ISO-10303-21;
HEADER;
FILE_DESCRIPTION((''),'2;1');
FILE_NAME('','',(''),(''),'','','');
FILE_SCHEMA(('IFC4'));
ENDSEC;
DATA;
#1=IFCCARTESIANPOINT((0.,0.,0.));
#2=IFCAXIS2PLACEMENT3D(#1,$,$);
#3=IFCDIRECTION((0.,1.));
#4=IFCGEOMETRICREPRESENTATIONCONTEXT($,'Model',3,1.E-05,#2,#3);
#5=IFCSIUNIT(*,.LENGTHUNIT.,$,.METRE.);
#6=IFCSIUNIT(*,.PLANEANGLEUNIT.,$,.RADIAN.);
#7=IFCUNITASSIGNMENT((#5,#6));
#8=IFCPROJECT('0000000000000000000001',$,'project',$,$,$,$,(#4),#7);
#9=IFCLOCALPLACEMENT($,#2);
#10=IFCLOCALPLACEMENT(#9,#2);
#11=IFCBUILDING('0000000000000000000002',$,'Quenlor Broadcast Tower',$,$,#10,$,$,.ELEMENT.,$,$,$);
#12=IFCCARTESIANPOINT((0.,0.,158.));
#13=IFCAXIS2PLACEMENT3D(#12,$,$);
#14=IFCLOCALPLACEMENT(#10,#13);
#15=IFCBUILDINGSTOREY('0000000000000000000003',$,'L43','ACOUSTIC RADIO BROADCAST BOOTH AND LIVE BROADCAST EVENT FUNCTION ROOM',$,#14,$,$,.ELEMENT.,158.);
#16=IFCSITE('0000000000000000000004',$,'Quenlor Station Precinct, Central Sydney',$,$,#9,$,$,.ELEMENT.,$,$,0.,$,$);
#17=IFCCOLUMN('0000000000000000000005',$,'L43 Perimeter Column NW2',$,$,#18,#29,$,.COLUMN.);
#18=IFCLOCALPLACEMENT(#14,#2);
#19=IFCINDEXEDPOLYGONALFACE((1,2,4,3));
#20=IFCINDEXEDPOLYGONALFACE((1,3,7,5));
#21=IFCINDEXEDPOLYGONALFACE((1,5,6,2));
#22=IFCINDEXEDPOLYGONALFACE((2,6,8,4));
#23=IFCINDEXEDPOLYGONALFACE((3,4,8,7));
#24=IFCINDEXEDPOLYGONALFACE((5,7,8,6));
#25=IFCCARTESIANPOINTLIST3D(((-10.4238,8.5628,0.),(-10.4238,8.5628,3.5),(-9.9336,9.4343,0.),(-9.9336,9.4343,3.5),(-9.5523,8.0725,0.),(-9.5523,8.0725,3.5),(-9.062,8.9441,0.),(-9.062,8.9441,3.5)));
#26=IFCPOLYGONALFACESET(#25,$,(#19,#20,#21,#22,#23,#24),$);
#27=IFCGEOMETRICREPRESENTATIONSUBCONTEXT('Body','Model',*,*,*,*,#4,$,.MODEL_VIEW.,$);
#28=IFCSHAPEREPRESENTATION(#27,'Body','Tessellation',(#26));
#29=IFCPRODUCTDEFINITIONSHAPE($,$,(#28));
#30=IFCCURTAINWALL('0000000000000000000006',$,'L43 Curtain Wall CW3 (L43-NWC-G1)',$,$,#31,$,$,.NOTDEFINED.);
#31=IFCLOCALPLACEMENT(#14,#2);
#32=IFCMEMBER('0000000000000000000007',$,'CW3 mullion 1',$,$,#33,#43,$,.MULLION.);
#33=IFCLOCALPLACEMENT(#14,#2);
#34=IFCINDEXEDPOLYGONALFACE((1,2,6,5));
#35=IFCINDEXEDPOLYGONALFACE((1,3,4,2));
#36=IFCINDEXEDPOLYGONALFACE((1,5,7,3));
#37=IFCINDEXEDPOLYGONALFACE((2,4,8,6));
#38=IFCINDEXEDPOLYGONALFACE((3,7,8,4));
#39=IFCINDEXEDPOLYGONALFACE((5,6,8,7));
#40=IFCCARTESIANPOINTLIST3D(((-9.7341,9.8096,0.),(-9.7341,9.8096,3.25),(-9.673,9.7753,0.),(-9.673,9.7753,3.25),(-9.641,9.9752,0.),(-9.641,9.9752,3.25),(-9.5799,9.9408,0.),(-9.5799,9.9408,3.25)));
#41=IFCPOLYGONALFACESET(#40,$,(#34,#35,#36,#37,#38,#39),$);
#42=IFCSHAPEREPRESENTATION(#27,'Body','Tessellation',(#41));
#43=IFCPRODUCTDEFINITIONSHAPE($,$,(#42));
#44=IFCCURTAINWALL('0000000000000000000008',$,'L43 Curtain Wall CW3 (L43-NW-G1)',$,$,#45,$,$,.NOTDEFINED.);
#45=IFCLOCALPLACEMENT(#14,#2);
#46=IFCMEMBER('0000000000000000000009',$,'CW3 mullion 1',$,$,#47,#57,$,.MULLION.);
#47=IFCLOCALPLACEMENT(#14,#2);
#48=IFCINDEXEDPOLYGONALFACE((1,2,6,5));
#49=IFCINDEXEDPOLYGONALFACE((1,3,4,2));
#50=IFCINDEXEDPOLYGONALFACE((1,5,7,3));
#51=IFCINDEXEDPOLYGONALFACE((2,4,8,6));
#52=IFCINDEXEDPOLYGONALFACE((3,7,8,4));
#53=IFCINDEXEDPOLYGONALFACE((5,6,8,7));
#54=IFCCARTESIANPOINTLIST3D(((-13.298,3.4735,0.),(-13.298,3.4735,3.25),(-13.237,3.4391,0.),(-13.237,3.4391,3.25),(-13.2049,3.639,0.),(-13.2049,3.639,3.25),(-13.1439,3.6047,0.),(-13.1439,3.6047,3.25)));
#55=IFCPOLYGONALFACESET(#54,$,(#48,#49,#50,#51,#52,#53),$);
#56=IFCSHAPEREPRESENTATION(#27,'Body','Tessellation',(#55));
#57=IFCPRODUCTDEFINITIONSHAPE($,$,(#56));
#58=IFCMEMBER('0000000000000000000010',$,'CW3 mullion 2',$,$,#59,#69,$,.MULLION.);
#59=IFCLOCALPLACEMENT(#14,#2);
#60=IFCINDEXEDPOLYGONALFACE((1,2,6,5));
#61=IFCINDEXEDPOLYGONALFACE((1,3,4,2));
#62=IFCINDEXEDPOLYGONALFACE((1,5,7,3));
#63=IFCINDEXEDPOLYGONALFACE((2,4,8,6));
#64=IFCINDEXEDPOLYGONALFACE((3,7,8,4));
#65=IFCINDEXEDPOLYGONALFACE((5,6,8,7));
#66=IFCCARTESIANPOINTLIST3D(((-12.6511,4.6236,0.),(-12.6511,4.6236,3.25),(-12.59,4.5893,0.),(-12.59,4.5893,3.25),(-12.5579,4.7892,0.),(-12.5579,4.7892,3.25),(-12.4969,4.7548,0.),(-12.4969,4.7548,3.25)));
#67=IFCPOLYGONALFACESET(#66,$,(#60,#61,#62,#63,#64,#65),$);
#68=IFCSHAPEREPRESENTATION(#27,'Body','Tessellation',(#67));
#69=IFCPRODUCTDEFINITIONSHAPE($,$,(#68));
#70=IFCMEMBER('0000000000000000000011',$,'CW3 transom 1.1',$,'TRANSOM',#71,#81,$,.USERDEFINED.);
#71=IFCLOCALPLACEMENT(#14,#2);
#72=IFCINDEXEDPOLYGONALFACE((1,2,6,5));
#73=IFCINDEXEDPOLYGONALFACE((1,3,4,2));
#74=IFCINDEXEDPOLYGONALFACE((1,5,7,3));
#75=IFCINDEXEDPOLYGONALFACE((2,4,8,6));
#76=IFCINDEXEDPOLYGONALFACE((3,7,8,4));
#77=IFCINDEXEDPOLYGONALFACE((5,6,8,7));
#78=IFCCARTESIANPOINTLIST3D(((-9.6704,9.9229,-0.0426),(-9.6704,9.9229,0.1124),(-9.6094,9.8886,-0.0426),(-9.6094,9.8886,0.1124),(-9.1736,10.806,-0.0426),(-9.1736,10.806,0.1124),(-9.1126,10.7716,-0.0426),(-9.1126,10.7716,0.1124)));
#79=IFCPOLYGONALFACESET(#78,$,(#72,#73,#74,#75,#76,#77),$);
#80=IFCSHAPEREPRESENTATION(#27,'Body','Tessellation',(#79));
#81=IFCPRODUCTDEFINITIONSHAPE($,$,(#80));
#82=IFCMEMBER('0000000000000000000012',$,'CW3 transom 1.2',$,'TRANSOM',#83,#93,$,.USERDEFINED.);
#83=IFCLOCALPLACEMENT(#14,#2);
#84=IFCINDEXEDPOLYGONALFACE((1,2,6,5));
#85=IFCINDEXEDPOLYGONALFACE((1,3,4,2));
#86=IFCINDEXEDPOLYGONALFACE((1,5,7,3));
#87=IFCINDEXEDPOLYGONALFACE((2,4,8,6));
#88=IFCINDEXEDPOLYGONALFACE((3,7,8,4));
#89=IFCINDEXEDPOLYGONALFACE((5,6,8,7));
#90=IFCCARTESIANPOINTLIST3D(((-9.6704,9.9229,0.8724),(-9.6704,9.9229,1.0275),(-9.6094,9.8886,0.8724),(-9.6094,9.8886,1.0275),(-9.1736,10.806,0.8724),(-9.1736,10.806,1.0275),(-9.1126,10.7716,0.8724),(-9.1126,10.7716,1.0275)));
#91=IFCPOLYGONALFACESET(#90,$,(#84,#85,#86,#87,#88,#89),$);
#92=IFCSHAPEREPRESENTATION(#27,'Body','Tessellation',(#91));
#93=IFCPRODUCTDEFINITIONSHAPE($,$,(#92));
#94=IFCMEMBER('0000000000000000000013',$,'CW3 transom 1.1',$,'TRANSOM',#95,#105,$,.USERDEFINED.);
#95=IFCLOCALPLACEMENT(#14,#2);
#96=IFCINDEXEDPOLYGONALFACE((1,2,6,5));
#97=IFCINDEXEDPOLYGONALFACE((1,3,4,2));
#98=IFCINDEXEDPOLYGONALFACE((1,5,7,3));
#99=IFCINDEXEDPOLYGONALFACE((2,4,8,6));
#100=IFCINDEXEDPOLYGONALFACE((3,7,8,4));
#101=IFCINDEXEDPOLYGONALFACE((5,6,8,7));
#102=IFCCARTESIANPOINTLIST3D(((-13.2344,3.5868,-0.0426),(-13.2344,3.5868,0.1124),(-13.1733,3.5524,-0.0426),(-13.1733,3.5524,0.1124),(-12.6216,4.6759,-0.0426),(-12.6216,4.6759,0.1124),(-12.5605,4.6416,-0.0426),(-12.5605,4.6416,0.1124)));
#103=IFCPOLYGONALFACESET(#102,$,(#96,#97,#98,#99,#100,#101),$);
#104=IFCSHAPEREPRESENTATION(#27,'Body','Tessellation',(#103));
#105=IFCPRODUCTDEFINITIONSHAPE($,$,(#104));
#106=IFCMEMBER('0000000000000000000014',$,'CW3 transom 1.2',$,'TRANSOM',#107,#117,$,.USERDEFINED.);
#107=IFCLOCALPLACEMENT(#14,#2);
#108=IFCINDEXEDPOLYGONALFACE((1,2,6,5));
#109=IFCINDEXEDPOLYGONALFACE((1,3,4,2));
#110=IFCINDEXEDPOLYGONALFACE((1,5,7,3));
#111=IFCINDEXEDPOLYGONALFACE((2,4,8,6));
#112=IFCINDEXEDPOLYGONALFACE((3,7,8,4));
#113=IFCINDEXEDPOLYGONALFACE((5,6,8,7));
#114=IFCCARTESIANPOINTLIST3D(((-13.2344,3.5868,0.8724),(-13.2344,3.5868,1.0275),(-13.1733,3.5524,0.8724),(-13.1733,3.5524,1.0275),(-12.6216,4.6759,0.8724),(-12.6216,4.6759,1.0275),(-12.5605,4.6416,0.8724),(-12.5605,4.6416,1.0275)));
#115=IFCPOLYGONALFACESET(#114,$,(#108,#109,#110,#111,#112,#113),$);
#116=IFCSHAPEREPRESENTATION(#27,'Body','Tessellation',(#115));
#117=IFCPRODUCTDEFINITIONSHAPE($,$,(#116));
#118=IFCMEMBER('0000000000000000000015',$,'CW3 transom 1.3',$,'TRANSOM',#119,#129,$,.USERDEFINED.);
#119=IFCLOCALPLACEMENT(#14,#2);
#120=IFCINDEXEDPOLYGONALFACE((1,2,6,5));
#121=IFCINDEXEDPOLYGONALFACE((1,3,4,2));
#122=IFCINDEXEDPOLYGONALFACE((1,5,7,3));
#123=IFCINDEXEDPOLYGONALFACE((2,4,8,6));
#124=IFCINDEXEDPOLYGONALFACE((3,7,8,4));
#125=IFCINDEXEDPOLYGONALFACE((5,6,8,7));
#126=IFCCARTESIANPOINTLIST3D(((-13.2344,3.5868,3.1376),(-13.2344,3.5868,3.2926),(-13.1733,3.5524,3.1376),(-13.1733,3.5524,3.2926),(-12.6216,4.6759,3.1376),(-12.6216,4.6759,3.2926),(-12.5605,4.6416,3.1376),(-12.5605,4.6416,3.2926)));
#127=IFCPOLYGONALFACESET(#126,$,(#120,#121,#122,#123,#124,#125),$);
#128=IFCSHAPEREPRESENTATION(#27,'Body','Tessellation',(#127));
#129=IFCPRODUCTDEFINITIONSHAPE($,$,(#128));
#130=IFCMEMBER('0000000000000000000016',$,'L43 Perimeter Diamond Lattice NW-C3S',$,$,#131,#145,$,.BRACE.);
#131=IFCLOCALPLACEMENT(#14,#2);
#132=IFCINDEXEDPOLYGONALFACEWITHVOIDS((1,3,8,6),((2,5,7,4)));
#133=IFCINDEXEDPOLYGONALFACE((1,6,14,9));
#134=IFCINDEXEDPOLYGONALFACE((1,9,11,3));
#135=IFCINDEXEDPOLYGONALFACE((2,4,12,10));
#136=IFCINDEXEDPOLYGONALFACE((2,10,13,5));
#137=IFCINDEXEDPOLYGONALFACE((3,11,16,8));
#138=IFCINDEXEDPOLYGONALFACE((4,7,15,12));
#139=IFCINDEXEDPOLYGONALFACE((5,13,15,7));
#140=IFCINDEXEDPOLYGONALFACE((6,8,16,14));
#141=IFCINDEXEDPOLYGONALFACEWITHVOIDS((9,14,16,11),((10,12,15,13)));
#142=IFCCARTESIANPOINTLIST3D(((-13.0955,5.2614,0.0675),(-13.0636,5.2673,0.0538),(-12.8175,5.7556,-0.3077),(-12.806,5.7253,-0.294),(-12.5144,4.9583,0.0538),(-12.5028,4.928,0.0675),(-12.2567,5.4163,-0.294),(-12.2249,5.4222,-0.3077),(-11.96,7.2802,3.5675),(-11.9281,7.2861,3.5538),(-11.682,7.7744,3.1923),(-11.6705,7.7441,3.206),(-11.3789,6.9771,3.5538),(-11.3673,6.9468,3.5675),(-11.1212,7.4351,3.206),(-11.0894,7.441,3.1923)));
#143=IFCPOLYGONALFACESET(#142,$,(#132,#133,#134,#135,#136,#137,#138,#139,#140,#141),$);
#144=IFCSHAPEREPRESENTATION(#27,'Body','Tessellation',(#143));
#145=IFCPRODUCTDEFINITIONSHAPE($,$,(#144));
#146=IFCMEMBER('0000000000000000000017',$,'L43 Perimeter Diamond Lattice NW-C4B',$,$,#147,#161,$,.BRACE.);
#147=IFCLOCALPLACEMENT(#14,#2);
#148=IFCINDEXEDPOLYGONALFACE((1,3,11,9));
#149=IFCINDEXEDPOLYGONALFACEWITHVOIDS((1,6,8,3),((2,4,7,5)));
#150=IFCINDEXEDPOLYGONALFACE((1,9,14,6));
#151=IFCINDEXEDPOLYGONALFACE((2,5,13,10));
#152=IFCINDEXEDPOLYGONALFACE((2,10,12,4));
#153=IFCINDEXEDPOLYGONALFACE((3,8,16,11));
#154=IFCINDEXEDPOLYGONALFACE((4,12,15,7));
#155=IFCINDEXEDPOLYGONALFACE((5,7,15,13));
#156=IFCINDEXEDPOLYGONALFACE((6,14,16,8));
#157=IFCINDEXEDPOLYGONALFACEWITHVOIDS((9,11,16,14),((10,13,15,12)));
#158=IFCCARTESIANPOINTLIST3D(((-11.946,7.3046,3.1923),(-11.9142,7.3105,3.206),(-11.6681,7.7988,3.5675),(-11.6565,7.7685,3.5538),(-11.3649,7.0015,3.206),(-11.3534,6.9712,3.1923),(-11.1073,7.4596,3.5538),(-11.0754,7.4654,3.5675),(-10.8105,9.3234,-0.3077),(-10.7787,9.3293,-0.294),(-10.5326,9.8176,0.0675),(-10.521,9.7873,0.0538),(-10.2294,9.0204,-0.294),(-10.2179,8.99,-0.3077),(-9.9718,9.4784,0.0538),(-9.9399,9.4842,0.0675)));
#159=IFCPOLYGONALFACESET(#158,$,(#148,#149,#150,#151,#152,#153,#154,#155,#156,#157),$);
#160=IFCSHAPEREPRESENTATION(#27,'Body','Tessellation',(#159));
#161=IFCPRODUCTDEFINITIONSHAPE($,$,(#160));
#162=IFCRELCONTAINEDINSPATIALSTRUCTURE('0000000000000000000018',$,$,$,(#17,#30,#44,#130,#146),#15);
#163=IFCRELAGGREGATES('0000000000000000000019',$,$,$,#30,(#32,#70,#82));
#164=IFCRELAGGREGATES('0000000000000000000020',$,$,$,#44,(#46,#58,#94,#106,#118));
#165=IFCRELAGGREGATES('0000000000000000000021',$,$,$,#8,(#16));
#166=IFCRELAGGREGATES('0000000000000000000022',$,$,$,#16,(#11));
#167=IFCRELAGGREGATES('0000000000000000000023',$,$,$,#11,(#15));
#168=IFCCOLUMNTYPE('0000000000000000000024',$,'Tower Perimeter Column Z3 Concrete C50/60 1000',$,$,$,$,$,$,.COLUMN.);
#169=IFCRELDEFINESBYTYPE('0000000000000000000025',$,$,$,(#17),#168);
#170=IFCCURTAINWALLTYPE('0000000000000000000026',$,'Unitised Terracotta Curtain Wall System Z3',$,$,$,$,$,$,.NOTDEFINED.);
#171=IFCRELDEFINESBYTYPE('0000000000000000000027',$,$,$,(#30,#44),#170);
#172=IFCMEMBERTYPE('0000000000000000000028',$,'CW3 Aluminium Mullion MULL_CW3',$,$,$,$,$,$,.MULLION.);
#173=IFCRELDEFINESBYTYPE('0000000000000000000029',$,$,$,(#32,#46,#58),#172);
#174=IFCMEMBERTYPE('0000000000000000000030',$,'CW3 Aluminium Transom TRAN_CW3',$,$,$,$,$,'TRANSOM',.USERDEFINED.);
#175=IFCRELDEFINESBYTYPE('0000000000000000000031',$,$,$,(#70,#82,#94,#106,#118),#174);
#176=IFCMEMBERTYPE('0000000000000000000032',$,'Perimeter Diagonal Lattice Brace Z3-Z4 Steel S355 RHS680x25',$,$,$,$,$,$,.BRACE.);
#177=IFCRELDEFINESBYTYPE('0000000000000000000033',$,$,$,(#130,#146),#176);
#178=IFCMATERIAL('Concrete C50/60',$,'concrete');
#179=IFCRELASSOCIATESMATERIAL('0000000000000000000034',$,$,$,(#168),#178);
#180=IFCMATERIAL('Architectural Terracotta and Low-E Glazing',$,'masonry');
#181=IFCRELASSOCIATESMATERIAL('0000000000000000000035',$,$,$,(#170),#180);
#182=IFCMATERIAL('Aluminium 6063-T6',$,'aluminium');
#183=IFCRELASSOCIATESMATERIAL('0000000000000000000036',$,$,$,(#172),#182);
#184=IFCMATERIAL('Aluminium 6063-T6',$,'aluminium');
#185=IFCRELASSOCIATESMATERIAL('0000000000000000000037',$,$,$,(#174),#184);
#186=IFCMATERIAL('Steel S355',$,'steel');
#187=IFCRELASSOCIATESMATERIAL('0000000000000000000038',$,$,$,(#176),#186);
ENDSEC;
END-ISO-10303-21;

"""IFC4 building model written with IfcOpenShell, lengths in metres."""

from ifc_helpers import new_model, si_unit, direction, frame, origin, origin_2d, place, context, subcontext, project, spatial, rectangle, hollow_rectangle, extrude, material, material_profile, profile_set, type_object, element, aggregate, save


model = new_model("IFC4")

# Units and contexts
model_context = context("Model", 3, precision=1e-05, world=origin(), true_north=direction((0.0, 1.0)))
body_context = subcontext(model_context, "Body", "Model", "MODEL_VIEW")
ifc_project = project(units=[si_unit("LENGTHUNIT", "METRE"), si_unit("PLANEANGLEUNIT", "RADIAN")], contexts=[model_context])

# Site, building, storey
site_placement = place(None, origin())
site = spatial("IfcSite", under=ifc_project, at=site_placement, Name="Quenlor Station Precinct, Central Sydney", CompositionType="ELEMENT", RefElevation=0.0)
building_placement = place(site_placement, origin())
building = spatial("IfcBuilding", under=site, at=building_placement, Name="Quenlor Broadcast Tower", CompositionType="ELEMENT")
storey_placement = place(building_placement, frame((0.0, 0.0, 158.0)))
storey = spatial("IfcBuildingStorey", under=building, at=storey_placement, Name="L43", Description="ACOUSTIC RADIO BROADCAST BOOTH AND LIVE BROADCAST EVENT FUNCTION ROOM", CompositionType="ELEMENT", Elevation=158.0)

# Column
ifc_material_1 = material(Name="Concrete C50/60", Category="concrete")
ifc_material_profile_1 = material_profile(ifc_material_1, rectangle(XDim=1.0, YDim=1.0, at=origin_2d()))
ifc_profile_set_1 = profile_set([ifc_material_profile_1], Name="Concrete C50/60 RC1000x1000")
column_type = type_object("IfcColumnType", Name="Tower Perimeter Column Z3 Concrete C50/60 1000", PredefinedType="COLUMN", material=ifc_profile_set_1)
column_placement = place(storey_placement, frame((-9.7429, 8.7534, 0.0), z_axis=(0.0, 0.0, 1.0), x_axis=(-0.871575, 0.490262, 0.0)))
element("IfcColumn", 1, at=column_placement, inside=storey, type_object=column_type, Name="L43 Perimeter Column NW2", PredefinedType="COLUMN", context=body_context, shape_type="SweptSolid", body=[
    extrude(rectangle(XDim=1.0, YDim=1.0, at=origin_2d()), origin(), (0.0, 0.0, 1.0), 3.5),
])

# Curtain wall, member
ifc_material_2 = material(Name="Architectural Terracotta and Low-E Glazing", Category="masonry")
curtain_wall_type = type_object("IfcCurtainWallType", Name="Unitised Terracotta Curtain Wall System Z3", PredefinedType="NOTDEFINED", material=ifc_material_2)
curtain_wall_1_placement = place(storey_placement, origin())
curtain_wall_1 = element("IfcCurtainWall", 2, at=curtain_wall_1_placement, inside=storey, type_object=curtain_wall_type, Name="L43 Curtain Wall CW3 (L43-NWC-G1)", PredefinedType="NOTDEFINED")
ifc_material_3 = material(Name="Aluminium 6063-T6", Category="aluminium")
ifc_material_profile_2 = material_profile(ifc_material_3, rectangle(XDim=0.0701, YDim=0.1899, at=origin_2d()))
ifc_profile_set_2 = profile_set([ifc_material_profile_2], Name="Aluminium 6063-T6 MULL70x190")
member_type_1 = type_object("IfcMemberType", Name="CW3 Aluminium Mullion MULL_CW3", PredefinedType="MULLION", material=ifc_profile_set_2)
member_1_placement = place(storey_placement, frame((-9.657, 9.8752, 0.0), z_axis=(0.0, 0.0, 1.0), x_axis=(-0.871601, 0.490216, 0.0)))
member_1 = element("IfcMember", 3, at=member_1_placement, type_object=member_type_1, Name="CW3 mullion 1", PredefinedType="MULLION", context=body_context, shape_type="SweptSolid", body=[
    extrude(rectangle(XDim=0.0701, YDim=0.1899, at=origin_2d()), origin(), (0.0, 0.0, 1.0), 3.25),
])

# Curtain wall, members
curtain_wall_2_placement = place(storey_placement, origin())
curtain_wall_2 = element("IfcCurtainWall", 4, at=curtain_wall_2_placement, inside=storey, type_object=curtain_wall_type, Name="L43 Curtain Wall CW3 (L43-NW-G1)", PredefinedType="NOTDEFINED")
member_2_placement = place(storey_placement, frame((-13.2209, 3.5391, 0.0), z_axis=(0.0, 0.0, 1.0), x_axis=(-0.871562, 0.490285, 0.0)))
member_2 = element("IfcMember", 5, at=member_2_placement, type_object=member_type_1, Name="CW3 mullion 1", PredefinedType="MULLION", context=body_context, shape_type="SweptSolid", body=[
    extrude(rectangle(XDim=0.0701, YDim=0.1899, at=origin_2d()), origin(), (0.0, 0.0, 1.0), 3.25),
])
member_3_placement = place(storey_placement, frame((-12.574, 4.6892, 0.0), z_axis=(0.0, 0.0, 1.0), x_axis=(-0.871562, 0.490285, 0.0)))
member_3 = element("IfcMember", 6, at=member_3_placement, type_object=member_type_1, Name="CW3 mullion 2", PredefinedType="MULLION", context=body_context, shape_type="SweptSolid", body=[
    extrude(rectangle(XDim=0.0701, YDim=0.1899, at=origin_2d()), origin(), (0.0, 0.0, 1.0), 3.25),
])

# Members
ifc_material_4 = material(Name="Aluminium 6063-T6", Category="aluminium")
ifc_material_profile_3 = material_profile(ifc_material_4, rectangle(XDim=0.0701, YDim=0.155, at=origin_2d()))
ifc_profile_set_3 = profile_set([ifc_material_profile_3], Name="Aluminium 6063-T6 TRAN70x155")
member_type_2 = type_object("IfcMemberType", Name="CW3 Aluminium Transom TRAN_CW3", ElementType="TRANSOM", PredefinedType="USERDEFINED", material=ifc_profile_set_3)
member_4_placement = place(storey_placement, frame((-9.6399, 9.9058, 0.0349), z_axis=(0.490341, 0.87153, 0.0), x_axis=(-0.87153, 0.490341, 0.0)))
member_4 = element("IfcMember", 7, at=member_4_placement, type_object=member_type_2, Name="CW3 transom 1.1", ObjectType="TRANSOM", PredefinedType="USERDEFINED", context=body_context, shape_type="SweptSolid", body=[
    extrude(rectangle(XDim=0.0701, YDim=0.155, at=origin_2d()), origin(), (0.0, 0.0, 1.0), 1.0132),
])
member_5_placement = place(storey_placement, frame((-9.6399, 9.9058, 0.95), z_axis=(0.490341, 0.87153, 0.0), x_axis=(-0.87153, 0.490341, 0.0)))
member_5 = element("IfcMember", 8, at=member_5_placement, type_object=member_type_2, Name="CW3 transom 1.2", ObjectType="TRANSOM", PredefinedType="USERDEFINED", context=body_context, shape_type="SweptSolid", body=[
    extrude(rectangle(XDim=0.0701, YDim=0.155, at=origin_2d()), origin(), (0.0, 0.0, 1.0), 1.0132),
])
aggregate(curtain_wall_1, [member_1, member_4, member_5])
member_6_placement = place(storey_placement, frame((-13.2039, 3.5696, 0.0349), z_axis=(0.490363, 0.871518, 0.0), x_axis=(-0.871518, 0.490363, 0.0)))
member_6 = element("IfcMember", 9, at=member_6_placement, type_object=member_type_2, Name="CW3 transom 1.1", ObjectType="TRANSOM", PredefinedType="USERDEFINED", context=body_context, shape_type="SweptSolid", body=[
    extrude(rectangle(XDim=0.0701, YDim=0.155, at=origin_2d()), origin(), (0.0, 0.0, 1.0), 1.2498),
])
member_7_placement = place(storey_placement, frame((-13.2039, 3.5696, 0.95), z_axis=(0.490363, 0.871518, 0.0), x_axis=(-0.871518, 0.490363, 0.0)))
member_7 = element("IfcMember", 10, at=member_7_placement, type_object=member_type_2, Name="CW3 transom 1.2", ObjectType="TRANSOM", PredefinedType="USERDEFINED", context=body_context, shape_type="SweptSolid", body=[
    extrude(rectangle(XDim=0.0701, YDim=0.155, at=origin_2d()), origin(), (0.0, 0.0, 1.0), 1.2498),
])
member_8_placement = place(storey_placement, frame((-13.2039, 3.5696, 3.2151), z_axis=(0.490363, 0.871518, 0.0), x_axis=(-0.871518, 0.490363, 0.0)))
member_8 = element("IfcMember", 11, at=member_8_placement, type_object=member_type_2, Name="CW3 transom 1.3", ObjectType="TRANSOM", PredefinedType="USERDEFINED", context=body_context, shape_type="SweptSolid", body=[
    extrude(rectangle(XDim=0.0701, YDim=0.155, at=origin_2d()), origin(), (0.0, 0.0, 1.0), 1.2498),
])

# Members
ifc_material_5 = material(Name="Steel S355", Category="steel")
ifc_material_profile_4 = material_profile(ifc_material_5, hollow_rectangle(XDim=0.6799, YDim=0.6799, WallThickness=0.0249, at=origin_2d()))
ifc_profile_set_4 = profile_set([ifc_material_profile_4], Name="Steel S355 RHS680x680x25")
member_type_3 = type_object("IfcMemberType", Name="Perimeter Diagonal Lattice Brace Z3-Z4 Steel S355 RHS680x25", PredefinedType="BRACE", material=ifc_profile_set_4)
for number, where, z_axis, x_axis, name in (
    (12, (-12.6602, 5.3418, -0.1201), (0.270549, 0.481009, 0.833927), (-0.87159, 0.490236, 0.0), "L43 Perimeter Diamond Lattice NW-C3S"),
    (13, (-10.3752, 9.4038, -0.1201), (-0.270549, -0.481009, 0.833927), (0.87159, -0.490236, 0.0), "L43 Perimeter Diamond Lattice NW-C4B"),
):
    element("IfcMember", number, at=place(storey_placement, frame(where, z_axis=z_axis, x_axis=x_axis)), inside=storey, type_object=member_type_3, Name=name, PredefinedType="BRACE", context=body_context, shape_type="SweptSolid", body=[
        extrude(hollow_rectangle(XDim=0.6799, YDim=0.6799, WallThickness=0.0249, at=origin_2d()), origin(), (0.0, 0.0, 1.0), 4.197),
    ])

aggregate(curtain_wall_2, [member_2, member_3, member_6, member_7, member_8])

save(model, "model.ifc")
